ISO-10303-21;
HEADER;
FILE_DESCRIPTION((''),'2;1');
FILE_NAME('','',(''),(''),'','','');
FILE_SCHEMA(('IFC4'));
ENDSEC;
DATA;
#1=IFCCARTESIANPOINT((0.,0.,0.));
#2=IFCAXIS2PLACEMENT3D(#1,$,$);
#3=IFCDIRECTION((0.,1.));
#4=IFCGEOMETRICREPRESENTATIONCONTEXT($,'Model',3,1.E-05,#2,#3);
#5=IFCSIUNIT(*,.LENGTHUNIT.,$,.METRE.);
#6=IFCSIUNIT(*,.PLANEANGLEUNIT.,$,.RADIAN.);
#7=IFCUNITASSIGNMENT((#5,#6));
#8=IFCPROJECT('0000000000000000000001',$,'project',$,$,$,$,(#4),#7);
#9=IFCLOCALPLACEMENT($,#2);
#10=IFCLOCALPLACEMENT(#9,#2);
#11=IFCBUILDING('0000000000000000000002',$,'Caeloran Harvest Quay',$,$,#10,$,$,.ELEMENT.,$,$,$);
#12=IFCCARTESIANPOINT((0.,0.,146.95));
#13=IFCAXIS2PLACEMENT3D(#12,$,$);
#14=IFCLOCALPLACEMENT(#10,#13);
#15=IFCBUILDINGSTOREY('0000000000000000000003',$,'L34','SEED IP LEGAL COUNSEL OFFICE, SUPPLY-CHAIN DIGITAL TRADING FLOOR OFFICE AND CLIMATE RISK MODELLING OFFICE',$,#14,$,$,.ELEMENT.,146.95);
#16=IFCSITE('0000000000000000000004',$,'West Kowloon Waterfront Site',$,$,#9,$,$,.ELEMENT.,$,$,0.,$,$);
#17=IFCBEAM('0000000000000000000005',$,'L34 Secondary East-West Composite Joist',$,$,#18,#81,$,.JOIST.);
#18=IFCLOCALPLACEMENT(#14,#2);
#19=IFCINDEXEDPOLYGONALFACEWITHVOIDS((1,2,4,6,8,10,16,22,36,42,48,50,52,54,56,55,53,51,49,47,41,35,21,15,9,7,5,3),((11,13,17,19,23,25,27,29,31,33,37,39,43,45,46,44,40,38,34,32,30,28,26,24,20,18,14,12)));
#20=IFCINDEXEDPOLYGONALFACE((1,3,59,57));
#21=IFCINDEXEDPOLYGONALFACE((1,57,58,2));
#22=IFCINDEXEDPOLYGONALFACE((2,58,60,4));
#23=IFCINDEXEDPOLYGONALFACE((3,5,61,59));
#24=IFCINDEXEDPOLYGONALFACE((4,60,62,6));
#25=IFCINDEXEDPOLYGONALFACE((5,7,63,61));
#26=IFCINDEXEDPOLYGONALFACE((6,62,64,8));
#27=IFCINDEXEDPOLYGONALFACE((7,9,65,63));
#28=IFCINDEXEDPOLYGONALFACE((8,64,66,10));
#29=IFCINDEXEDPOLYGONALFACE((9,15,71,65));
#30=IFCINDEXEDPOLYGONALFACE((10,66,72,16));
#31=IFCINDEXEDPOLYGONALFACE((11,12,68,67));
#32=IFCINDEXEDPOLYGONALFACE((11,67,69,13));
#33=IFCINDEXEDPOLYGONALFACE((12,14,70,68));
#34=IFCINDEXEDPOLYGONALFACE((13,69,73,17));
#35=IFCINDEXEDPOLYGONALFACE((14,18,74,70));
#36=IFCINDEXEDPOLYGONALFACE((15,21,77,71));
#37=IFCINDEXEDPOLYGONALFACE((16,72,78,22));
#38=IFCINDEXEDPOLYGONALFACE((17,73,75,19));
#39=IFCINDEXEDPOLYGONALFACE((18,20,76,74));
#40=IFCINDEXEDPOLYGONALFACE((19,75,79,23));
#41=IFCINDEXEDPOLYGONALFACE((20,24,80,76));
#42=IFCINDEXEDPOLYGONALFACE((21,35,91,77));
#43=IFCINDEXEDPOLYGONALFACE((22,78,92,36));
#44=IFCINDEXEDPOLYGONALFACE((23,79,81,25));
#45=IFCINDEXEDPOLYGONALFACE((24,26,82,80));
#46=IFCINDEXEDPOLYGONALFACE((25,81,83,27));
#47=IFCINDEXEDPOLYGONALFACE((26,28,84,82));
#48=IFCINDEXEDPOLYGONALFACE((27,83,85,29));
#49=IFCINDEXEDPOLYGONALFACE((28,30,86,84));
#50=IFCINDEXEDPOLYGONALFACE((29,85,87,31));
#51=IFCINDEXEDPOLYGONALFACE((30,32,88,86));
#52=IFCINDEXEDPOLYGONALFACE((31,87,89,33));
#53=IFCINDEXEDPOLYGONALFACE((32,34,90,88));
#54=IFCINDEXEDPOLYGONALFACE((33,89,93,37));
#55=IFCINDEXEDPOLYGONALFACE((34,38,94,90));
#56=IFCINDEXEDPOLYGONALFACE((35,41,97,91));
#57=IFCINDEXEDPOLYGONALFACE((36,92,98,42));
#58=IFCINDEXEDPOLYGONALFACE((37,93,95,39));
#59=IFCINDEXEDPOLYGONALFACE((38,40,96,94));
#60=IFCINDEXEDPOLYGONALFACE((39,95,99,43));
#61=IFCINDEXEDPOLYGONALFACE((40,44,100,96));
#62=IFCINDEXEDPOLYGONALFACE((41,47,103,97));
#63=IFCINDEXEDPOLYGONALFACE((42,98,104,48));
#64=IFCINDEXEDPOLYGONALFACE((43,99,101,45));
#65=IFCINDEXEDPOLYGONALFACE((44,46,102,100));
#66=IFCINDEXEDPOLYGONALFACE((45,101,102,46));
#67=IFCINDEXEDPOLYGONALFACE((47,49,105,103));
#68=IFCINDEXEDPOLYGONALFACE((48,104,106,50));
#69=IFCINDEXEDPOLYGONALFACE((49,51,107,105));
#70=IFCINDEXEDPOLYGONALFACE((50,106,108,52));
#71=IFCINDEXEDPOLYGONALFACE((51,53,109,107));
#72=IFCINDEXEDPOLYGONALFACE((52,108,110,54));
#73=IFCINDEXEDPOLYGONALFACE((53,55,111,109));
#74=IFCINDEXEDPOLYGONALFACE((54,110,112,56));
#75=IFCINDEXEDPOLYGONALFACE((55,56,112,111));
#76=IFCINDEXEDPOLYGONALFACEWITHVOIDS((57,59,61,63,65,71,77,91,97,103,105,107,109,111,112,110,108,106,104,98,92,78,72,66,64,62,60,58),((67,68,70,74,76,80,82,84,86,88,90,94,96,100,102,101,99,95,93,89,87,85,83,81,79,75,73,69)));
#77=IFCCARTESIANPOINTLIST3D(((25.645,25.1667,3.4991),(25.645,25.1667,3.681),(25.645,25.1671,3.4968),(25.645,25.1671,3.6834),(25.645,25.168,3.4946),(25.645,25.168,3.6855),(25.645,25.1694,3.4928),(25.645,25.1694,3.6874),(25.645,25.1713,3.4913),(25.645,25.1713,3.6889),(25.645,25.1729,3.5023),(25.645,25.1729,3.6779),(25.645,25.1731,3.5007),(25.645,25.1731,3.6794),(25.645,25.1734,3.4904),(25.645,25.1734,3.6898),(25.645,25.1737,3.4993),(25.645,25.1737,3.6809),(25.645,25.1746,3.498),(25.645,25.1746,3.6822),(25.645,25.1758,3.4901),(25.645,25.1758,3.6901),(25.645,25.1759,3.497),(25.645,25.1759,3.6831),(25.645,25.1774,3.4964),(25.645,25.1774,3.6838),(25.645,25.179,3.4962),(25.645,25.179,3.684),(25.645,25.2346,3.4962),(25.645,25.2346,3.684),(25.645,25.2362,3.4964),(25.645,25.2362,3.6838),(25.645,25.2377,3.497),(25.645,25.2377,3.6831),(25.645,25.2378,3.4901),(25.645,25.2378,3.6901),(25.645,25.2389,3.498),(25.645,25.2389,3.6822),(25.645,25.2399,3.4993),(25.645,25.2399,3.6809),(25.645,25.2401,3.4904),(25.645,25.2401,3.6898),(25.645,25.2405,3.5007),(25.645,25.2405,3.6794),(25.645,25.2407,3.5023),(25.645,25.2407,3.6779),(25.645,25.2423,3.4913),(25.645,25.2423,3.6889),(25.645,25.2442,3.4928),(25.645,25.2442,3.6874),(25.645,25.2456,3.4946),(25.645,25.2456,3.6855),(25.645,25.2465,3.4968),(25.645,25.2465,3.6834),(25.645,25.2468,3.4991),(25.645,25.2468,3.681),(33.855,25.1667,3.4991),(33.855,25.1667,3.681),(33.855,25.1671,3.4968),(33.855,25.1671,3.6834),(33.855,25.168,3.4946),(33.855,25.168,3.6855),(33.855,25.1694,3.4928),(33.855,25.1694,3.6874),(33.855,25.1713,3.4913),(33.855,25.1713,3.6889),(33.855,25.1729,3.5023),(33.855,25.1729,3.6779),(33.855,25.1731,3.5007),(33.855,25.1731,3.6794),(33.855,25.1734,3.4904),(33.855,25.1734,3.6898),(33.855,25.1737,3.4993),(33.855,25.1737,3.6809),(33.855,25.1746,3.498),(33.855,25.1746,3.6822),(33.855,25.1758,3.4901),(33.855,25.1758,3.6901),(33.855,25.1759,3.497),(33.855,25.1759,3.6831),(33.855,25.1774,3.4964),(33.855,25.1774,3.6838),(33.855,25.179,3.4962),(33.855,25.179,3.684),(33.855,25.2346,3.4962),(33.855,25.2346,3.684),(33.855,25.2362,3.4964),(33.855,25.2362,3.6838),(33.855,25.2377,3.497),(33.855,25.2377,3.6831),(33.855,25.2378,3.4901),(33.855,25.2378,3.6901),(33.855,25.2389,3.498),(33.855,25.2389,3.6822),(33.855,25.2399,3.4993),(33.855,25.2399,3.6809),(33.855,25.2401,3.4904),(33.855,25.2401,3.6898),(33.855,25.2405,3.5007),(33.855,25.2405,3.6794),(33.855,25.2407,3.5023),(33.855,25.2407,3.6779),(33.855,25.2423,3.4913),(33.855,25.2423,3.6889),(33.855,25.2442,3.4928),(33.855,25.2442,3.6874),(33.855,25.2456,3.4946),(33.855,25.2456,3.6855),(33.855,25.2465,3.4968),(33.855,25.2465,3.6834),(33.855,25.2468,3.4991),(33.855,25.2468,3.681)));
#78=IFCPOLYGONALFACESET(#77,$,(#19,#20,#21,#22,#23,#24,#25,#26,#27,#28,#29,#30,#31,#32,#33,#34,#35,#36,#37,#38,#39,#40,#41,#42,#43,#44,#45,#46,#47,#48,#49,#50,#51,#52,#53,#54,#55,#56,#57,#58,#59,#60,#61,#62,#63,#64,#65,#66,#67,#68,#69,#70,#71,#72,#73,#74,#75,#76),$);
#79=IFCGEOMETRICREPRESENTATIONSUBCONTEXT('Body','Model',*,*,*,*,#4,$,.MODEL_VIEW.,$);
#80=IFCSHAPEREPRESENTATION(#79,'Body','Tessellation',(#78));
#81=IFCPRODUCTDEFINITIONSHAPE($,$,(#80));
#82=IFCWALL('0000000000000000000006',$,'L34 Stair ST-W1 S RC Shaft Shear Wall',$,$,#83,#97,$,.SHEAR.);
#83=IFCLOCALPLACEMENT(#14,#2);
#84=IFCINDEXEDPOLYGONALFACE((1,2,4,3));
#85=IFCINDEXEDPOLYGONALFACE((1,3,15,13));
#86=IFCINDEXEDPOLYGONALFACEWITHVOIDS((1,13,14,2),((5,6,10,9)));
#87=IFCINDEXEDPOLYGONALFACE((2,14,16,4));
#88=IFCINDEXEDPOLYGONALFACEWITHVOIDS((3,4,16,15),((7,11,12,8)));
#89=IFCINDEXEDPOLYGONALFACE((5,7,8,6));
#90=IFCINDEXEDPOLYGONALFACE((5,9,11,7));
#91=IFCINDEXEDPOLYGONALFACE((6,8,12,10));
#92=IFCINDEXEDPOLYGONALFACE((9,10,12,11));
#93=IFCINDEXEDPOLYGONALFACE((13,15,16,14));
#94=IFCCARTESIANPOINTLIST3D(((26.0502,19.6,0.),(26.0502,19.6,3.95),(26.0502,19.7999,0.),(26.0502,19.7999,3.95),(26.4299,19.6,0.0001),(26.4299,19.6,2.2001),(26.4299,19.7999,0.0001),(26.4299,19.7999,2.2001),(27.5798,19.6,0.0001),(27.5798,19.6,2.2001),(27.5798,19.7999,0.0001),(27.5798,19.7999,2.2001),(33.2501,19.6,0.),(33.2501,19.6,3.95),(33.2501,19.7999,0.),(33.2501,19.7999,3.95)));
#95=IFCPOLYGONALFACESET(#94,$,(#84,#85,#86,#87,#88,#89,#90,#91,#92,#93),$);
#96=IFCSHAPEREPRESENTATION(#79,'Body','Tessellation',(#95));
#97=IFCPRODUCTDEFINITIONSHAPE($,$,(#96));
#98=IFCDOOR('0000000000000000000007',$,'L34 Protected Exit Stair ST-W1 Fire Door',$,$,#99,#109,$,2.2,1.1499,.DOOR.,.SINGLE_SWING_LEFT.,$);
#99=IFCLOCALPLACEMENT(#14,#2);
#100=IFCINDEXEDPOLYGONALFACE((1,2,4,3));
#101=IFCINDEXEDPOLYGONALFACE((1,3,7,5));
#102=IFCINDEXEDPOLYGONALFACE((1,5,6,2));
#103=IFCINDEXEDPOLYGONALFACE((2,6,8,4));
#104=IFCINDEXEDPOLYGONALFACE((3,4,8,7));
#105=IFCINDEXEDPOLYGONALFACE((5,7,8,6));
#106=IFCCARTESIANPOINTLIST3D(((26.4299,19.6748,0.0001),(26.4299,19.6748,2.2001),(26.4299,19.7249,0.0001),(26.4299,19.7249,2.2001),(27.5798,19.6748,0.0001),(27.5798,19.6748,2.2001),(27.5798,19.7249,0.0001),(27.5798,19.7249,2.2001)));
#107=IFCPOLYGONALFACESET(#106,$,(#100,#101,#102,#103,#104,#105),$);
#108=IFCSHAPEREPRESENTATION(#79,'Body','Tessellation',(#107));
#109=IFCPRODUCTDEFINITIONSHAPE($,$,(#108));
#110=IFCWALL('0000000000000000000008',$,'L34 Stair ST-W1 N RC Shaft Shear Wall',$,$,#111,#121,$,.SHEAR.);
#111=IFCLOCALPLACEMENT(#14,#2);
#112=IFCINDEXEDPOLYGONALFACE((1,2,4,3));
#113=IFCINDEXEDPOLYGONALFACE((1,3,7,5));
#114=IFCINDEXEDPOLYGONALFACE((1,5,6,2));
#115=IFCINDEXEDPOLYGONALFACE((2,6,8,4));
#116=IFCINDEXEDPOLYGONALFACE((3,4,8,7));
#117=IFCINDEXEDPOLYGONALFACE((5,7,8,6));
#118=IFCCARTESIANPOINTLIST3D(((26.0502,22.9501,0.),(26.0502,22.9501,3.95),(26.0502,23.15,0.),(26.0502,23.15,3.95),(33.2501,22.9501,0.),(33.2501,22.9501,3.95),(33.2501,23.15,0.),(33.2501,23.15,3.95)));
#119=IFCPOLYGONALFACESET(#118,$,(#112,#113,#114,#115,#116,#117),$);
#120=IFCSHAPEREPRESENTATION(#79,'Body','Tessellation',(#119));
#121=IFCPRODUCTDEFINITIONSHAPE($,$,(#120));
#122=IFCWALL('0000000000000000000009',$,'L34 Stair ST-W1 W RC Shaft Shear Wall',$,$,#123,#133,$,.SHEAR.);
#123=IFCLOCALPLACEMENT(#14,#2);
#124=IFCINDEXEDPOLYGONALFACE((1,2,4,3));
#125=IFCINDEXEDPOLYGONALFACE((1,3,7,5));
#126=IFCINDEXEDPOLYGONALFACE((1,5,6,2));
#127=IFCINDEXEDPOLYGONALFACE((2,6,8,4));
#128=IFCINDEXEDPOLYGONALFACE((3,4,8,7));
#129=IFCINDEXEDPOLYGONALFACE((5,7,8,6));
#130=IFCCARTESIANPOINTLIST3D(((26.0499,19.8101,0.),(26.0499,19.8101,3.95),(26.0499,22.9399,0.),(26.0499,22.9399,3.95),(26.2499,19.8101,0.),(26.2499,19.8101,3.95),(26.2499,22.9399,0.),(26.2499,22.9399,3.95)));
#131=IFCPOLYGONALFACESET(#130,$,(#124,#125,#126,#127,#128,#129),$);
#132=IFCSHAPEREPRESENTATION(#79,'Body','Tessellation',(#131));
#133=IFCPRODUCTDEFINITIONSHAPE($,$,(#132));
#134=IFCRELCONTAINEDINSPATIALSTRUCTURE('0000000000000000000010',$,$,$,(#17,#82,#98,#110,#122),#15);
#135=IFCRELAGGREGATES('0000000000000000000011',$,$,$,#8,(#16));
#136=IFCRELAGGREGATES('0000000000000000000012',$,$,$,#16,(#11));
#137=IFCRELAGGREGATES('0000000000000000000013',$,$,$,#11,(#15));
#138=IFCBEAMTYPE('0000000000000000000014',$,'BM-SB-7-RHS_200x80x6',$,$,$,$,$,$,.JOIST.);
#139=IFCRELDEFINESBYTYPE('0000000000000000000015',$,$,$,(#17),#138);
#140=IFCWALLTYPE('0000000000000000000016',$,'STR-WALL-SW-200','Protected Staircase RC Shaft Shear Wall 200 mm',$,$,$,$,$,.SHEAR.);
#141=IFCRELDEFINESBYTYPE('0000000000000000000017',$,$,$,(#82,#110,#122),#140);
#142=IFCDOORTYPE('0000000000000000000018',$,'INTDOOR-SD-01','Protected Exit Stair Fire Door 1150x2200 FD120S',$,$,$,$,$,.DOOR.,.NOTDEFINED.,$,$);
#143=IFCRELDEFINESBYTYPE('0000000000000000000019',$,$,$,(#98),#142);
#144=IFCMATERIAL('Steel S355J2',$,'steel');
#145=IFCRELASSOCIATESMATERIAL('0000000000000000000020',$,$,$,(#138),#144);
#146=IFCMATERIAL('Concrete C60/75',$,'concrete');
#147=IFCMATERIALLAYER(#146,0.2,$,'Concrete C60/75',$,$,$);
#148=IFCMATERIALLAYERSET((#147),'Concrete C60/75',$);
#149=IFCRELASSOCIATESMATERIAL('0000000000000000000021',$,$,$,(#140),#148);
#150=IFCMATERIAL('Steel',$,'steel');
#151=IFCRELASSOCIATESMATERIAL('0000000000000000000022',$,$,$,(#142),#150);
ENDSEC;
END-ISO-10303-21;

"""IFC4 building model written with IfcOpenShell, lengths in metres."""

from ifc_helpers import new_model, si_unit, direction, frame, frame_2d, origin, origin_2d, place, context, subcontext, project, spatial, rectangle, hollow_rectangle, extrude, material, layer, layer_set, material_profile, profile_set, type_object, element, fill, save


model = new_model("IFC4")

# Units and contexts
model_context = context("Model", 3, precision=1e-05, world=origin(), true_north=direction((0.0, 1.0)))
body_context = subcontext(model_context, "Body", "Model", "MODEL_VIEW")
ifc_project = project(units=[si_unit("LENGTHUNIT", "METRE"), si_unit("PLANEANGLEUNIT", "RADIAN")], contexts=[model_context])

# Site, building, storey
site_placement = place(None, origin())
site = spatial("IfcSite", under=ifc_project, at=site_placement, Name="West Kowloon Waterfront Site", CompositionType="ELEMENT", RefElevation=0.0)
building_placement = place(site_placement, origin())
building = spatial("IfcBuilding", under=site, at=building_placement, Name="Caeloran Harvest Quay", CompositionType="ELEMENT")
storey_placement = place(building_placement, frame((0.0, 0.0, 146.95)))
storey = spatial("IfcBuildingStorey", under=building, at=storey_placement, Name="L34", Description="SEED IP LEGAL COUNSEL OFFICE, SUPPLY-CHAIN DIGITAL TRADING FLOOR OFFICE AND CLIMATE RISK MODELLING OFFICE", CompositionType="ELEMENT", Elevation=146.95)

# Beam
ifc_material_1 = material(Name="Steel S355J2", Category="steel")
ifc_material_profile_1 = material_profile(ifc_material_1, hollow_rectangle(XDim=0.0801, YDim=0.2, WallThickness=0.0061, InnerFilletRadius=0.0061, OuterFilletRadius=0.009, at=origin_2d()), Name="RHS 200x80x6")
ifc_profile_set_1 = profile_set([ifc_material_profile_1], Name="Steel S355J2")
beam_type_1 = type_object("IfcBeamType", Name="BM-SB-7-RHS_200x80x6", PredefinedType="JOIST", material=ifc_profile_set_1)
for number, where, z_axis, x_axis, name in (
    (1, (25.645, 25.2068, 3.5901), (1.0, 0.0, 0.0), (0.0, 1.0, 0.0), "L34 Secondary East-West Composite Joist"),
):
    element("IfcBeam", number, at=place(storey_placement, frame(where, z_axis=z_axis, x_axis=x_axis)), inside=storey, type_object=beam_type_1, Name=name, PredefinedType="JOIST", context=body_context, shape_type="SweptSolid", body=[
        extrude(hollow_rectangle(XDim=0.0801, YDim=0.2, WallThickness=0.0061, InnerFilletRadius=0.0061, OuterFilletRadius=0.009, at=origin_2d()), origin(), (0.0, 0.0, 1.0), 8.21),
    ])

# Wall, opening, door
ifc_material_2 = material(Name="Concrete C60/75", Category="concrete")
ifc_layer_1 = layer(ifc_material_2, 0.2, Name="Concrete C60/75")
ifc_layer_set_1 = layer_set([ifc_layer_1], Name="Concrete C60/75")
wall_type_1 = type_object("IfcWallType", Name="STR-WALL-SW-200", Description="Protected Staircase RC Shaft Shear Wall 200 mm", PredefinedType="SHEAR", material=ifc_layer_set_1)
wall_1_placement = place(storey_placement, frame((26.05, 19.7, 0.0), z_axis=(0.0, 0.0, 1.0), x_axis=(1.0, 0.0, 0.0)))
wall_1 = element("IfcWall", 2, at=wall_1_placement, inside=storey, type_object=wall_type_1, Name="L34 Stair ST-W1 S RC Shaft Shear Wall", PredefinedType="SHEAR", context=body_context, shape_type="SweptSolid", body=[
    extrude(rectangle(XDim=7.2, YDim=0.2, at=frame_2d((3.6001, 0.0))), origin(), (0.0, 0.0, 1.0), 3.95),
])
opening_1_placement = place(wall_1_placement, frame((0.3799, 0.0, 0.0)))
opening_1 = element("IfcOpeningElement", 3, at=opening_1_placement, cuts=wall_1, PredefinedType="OPENING", context=body_context, shape_type="SweptSolid", body=[
    extrude(rectangle(XDim=1.1499, YDim=2.2, at=frame_2d((0.575, 1.1001))), frame((0.0, 0.1099, 0.0), z_axis=(0.0, -1.0, 0.0), x_axis=(1.0, 0.0, 0.0)), (0.0, 0.0, 1.0), 0.22),
])
ifc_material_3 = material(Name="Steel", Category="steel")
door_type_1 = type_object("IfcDoorType", Name="INTDOOR-SD-01", Description="Protected Exit Stair Fire Door 1150x2200 FD120S", OperationType="NOTDEFINED", PredefinedType="DOOR", material=ifc_material_3)
door_1_placement = place(opening_1_placement, origin())
door_1 = element("IfcDoor", 4, at=door_1_placement, inside=storey, type_object=door_type_1, Name="L34 Protected Exit Stair ST-W1 Fire Door", OperationType="SINGLE_SWING_LEFT", OverallHeight=2.2, OverallWidth=1.1499, PredefinedType="DOOR", context=body_context, shape_type="SweptSolid", body=[
    extrude(rectangle(XDim=1.1499, YDim=2.2, at=frame_2d((0.575, 1.1001))), frame((0.0, 0.0249, 0.0), z_axis=(0.0, -1.0, 0.0), x_axis=(1.0, 0.0, 0.0)), (0.0, 0.0, 1.0), 0.05),
])
fill(opening_1, door_1)

# Walls
wall_2_placement = place(storey_placement, frame((26.05, 23.05, 0.0), z_axis=(0.0, 0.0, 1.0), x_axis=(1.0, 0.0, 0.0)))
element("IfcWall", 5, at=wall_2_placement, inside=storey, type_object=wall_type_1, Name="L34 Stair ST-W1 N RC Shaft Shear Wall", PredefinedType="SHEAR", context=body_context, shape_type="SweptSolid", body=[
    extrude(rectangle(XDim=7.2, YDim=0.2, at=frame_2d((3.6001, 0.0))), origin(), (0.0, 0.0, 1.0), 3.95),
])
wall_3_placement = place(storey_placement, frame((26.1499, 19.8101, 0.0), z_axis=(0.0, 0.0, 1.0), x_axis=(0.0, 1.0, 0.0)))
element("IfcWall", 6, at=wall_3_placement, inside=storey, type_object=wall_type_1, Name="L34 Stair ST-W1 W RC Shaft Shear Wall", PredefinedType="SHEAR", context=body_context, shape_type="SweptSolid", body=[
    extrude(rectangle(XDim=3.1299, YDim=0.2, at=frame_2d((1.5649, 0.0))), origin(), (0.0, 0.0, 1.0), 3.95),
])

save(model, "model.ifc")
